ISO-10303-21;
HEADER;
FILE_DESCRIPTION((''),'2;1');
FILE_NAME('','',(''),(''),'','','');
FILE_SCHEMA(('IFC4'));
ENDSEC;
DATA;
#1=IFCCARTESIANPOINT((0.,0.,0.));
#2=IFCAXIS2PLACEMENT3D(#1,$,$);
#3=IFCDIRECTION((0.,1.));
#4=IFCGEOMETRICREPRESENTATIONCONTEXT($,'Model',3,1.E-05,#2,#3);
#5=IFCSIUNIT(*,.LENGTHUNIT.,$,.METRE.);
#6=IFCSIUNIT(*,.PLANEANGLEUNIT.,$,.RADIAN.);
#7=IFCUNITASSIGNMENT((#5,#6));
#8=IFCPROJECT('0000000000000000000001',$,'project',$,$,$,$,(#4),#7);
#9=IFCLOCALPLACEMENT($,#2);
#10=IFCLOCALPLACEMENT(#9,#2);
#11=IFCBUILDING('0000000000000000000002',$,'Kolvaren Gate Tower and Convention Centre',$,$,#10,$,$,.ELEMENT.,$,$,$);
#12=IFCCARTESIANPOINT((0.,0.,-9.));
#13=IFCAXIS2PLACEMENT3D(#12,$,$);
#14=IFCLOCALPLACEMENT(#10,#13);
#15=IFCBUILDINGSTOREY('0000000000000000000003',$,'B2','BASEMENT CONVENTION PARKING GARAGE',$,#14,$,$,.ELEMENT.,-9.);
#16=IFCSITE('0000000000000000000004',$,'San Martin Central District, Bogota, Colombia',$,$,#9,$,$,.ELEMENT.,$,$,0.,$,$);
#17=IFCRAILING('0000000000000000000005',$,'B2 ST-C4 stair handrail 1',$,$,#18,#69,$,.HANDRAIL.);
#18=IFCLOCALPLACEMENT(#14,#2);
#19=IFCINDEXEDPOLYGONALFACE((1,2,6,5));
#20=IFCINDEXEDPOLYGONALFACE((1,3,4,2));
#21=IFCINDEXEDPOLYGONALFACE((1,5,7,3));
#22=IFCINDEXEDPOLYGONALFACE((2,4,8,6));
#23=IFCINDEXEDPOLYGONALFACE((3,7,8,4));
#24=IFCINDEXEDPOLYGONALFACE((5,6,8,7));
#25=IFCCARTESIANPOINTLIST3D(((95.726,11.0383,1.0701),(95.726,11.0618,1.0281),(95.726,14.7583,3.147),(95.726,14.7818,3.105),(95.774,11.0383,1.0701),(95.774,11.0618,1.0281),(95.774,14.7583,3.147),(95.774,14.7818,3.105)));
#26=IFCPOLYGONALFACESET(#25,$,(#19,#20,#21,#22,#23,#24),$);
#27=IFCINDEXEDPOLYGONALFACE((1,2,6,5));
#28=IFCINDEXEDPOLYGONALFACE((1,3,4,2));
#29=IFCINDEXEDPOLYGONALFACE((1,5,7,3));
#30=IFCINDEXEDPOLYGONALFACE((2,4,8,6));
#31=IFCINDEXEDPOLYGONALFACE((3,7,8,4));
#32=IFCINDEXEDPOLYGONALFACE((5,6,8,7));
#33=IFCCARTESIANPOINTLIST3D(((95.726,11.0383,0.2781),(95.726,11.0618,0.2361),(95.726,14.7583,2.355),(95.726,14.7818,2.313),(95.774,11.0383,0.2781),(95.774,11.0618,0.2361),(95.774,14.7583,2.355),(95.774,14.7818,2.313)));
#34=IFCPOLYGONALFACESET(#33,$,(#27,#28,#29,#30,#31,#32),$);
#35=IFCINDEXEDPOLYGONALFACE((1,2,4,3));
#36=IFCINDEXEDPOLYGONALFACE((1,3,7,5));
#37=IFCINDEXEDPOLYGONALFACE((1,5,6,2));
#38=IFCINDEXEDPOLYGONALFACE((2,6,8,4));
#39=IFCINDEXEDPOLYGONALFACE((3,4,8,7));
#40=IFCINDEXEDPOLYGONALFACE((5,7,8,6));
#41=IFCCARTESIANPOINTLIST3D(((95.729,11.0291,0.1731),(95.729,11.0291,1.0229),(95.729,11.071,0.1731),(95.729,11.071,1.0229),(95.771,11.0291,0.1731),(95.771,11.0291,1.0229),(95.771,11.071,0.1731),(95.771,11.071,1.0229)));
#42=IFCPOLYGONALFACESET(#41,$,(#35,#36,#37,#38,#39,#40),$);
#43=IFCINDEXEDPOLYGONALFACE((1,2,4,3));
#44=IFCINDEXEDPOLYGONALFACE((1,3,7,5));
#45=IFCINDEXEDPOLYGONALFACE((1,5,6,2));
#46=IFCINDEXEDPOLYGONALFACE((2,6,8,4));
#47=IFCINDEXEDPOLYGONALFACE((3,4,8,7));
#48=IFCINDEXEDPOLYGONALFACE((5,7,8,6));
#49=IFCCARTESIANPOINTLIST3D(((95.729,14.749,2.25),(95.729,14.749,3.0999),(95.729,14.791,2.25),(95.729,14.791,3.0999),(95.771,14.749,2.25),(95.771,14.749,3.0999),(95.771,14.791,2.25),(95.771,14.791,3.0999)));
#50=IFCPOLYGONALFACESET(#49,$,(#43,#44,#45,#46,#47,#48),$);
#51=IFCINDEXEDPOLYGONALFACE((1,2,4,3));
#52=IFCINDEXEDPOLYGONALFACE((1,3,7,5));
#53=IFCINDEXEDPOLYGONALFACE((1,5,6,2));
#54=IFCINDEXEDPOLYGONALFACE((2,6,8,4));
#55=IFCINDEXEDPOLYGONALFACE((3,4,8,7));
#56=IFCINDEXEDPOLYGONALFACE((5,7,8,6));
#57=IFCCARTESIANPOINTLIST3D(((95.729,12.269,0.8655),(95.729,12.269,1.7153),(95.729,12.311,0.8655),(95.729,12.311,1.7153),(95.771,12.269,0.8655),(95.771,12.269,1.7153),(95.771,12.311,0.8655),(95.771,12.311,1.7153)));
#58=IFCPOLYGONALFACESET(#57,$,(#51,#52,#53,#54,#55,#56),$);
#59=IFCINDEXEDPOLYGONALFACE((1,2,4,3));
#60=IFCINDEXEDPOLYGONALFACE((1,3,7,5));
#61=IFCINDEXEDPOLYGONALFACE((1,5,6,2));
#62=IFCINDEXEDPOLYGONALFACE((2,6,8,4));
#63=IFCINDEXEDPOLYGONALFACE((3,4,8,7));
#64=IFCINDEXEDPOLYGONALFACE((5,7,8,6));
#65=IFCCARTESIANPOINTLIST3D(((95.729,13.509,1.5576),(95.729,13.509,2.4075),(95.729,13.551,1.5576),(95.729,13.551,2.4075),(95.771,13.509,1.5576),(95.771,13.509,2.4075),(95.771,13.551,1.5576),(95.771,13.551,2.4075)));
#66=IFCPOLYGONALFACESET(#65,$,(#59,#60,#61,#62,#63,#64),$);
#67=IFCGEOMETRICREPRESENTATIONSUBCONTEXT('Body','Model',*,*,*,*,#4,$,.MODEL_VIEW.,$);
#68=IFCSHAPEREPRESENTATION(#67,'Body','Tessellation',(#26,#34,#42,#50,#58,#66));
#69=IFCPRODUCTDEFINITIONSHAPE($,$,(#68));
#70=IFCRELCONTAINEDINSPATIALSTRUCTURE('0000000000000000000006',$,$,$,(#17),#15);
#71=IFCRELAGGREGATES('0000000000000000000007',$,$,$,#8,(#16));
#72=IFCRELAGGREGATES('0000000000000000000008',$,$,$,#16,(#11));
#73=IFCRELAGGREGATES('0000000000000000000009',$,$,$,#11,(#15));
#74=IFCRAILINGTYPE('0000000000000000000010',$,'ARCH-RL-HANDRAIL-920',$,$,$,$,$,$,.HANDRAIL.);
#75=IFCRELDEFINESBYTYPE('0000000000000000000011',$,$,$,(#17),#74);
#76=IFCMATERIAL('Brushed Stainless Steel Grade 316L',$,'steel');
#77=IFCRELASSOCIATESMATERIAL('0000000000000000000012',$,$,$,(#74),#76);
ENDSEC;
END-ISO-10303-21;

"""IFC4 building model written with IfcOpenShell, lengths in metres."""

from ifc_helpers import new_model, si_unit, direction, frame, origin, origin_2d, place, context, subcontext, project, spatial, rectangle, extrude, material, type_object, element, save


model = new_model("IFC4")

# Units and contexts
model_context = context("Model", 3, precision=1e-05, world=origin(), true_north=direction((0.0, 1.0)))
body_context = subcontext(model_context, "Body", "Model", "MODEL_VIEW")
ifc_project = project(units=[si_unit("LENGTHUNIT", "METRE"), si_unit("PLANEANGLEUNIT", "RADIAN")], contexts=[model_context])

# Site, building, storey
site_placement = place(None, origin())
site = spatial("IfcSite", under=ifc_project, at=site_placement, Name="San Martin Central District, Bogota, Colombia", CompositionType="ELEMENT", RefElevation=0.0)
building_placement = place(site_placement, origin())
building = spatial("IfcBuilding", under=site, at=building_placement, Name="Kolvaren Gate Tower and Convention Centre", CompositionType="ELEMENT")
storey_placement = place(building_placement, frame((0.0, 0.0, -9.0)))
storey = spatial("IfcBuildingStorey", under=building, at=storey_placement, Name="B2", Description="BASEMENT CONVENTION PARKING GARAGE", CompositionType="ELEMENT", Elevation=-9.0)

# Railing
ifc_material_1 = material(Name="Brushed Stainless Steel Grade 316L", Category="steel")
railing_type_1 = type_object("IfcRailingType", Name="ARCH-RL-HANDRAIL-920", PredefinedType="HANDRAIL", material=ifc_material_1)
railing_1_placement = place(storey_placement, frame((95.75, 11.05, 0.1731)))
element("IfcRailing", 1, at=railing_1_placement, inside=storey, type_object=railing_type_1, Name="B2 ST-C4 stair handrail 1", PredefinedType="HANDRAIL", context=body_context, shape_type="SweptSolid", body=[
    extrude(rectangle(XDim=0.0481, YDim=0.0481, at=origin_2d()), frame((0.0, 0.0, 0.876), z_axis=(0.0, 0.873134, 0.487481), x_axis=(-1.0, 0.0, 0.0)), (0.0, 0.0, 1.0), 4.2605),
    extrude(rectangle(XDim=0.0481, YDim=0.0481, at=origin_2d()), frame((0.0, 0.0, 0.084), z_axis=(0.0, 0.873134, 0.487481), x_axis=(-1.0, 0.0, 0.0)), (0.0, 0.0, 1.0), 4.2605),
    extrude(rectangle(XDim=0.042, YDim=0.042, at=origin_2d()), origin(), (0.0, 0.0, 1.0), 0.8499),
    extrude(rectangle(XDim=0.042, YDim=0.042, at=origin_2d()), frame((0.0, 3.72, 2.0769)), (0.0, 0.0, 1.0), 0.8499),
    extrude(rectangle(XDim=0.042, YDim=0.042, at=origin_2d()), frame((0.0, 1.24, 0.6924)), (0.0, 0.0, 1.0), 0.8499),
    extrude(rectangle(XDim=0.042, YDim=0.042, at=origin_2d()), frame((0.0, 2.48, 1.3845)), (0.0, 0.0, 1.0), 0.8499),
])

save(model, "model.ifc")
